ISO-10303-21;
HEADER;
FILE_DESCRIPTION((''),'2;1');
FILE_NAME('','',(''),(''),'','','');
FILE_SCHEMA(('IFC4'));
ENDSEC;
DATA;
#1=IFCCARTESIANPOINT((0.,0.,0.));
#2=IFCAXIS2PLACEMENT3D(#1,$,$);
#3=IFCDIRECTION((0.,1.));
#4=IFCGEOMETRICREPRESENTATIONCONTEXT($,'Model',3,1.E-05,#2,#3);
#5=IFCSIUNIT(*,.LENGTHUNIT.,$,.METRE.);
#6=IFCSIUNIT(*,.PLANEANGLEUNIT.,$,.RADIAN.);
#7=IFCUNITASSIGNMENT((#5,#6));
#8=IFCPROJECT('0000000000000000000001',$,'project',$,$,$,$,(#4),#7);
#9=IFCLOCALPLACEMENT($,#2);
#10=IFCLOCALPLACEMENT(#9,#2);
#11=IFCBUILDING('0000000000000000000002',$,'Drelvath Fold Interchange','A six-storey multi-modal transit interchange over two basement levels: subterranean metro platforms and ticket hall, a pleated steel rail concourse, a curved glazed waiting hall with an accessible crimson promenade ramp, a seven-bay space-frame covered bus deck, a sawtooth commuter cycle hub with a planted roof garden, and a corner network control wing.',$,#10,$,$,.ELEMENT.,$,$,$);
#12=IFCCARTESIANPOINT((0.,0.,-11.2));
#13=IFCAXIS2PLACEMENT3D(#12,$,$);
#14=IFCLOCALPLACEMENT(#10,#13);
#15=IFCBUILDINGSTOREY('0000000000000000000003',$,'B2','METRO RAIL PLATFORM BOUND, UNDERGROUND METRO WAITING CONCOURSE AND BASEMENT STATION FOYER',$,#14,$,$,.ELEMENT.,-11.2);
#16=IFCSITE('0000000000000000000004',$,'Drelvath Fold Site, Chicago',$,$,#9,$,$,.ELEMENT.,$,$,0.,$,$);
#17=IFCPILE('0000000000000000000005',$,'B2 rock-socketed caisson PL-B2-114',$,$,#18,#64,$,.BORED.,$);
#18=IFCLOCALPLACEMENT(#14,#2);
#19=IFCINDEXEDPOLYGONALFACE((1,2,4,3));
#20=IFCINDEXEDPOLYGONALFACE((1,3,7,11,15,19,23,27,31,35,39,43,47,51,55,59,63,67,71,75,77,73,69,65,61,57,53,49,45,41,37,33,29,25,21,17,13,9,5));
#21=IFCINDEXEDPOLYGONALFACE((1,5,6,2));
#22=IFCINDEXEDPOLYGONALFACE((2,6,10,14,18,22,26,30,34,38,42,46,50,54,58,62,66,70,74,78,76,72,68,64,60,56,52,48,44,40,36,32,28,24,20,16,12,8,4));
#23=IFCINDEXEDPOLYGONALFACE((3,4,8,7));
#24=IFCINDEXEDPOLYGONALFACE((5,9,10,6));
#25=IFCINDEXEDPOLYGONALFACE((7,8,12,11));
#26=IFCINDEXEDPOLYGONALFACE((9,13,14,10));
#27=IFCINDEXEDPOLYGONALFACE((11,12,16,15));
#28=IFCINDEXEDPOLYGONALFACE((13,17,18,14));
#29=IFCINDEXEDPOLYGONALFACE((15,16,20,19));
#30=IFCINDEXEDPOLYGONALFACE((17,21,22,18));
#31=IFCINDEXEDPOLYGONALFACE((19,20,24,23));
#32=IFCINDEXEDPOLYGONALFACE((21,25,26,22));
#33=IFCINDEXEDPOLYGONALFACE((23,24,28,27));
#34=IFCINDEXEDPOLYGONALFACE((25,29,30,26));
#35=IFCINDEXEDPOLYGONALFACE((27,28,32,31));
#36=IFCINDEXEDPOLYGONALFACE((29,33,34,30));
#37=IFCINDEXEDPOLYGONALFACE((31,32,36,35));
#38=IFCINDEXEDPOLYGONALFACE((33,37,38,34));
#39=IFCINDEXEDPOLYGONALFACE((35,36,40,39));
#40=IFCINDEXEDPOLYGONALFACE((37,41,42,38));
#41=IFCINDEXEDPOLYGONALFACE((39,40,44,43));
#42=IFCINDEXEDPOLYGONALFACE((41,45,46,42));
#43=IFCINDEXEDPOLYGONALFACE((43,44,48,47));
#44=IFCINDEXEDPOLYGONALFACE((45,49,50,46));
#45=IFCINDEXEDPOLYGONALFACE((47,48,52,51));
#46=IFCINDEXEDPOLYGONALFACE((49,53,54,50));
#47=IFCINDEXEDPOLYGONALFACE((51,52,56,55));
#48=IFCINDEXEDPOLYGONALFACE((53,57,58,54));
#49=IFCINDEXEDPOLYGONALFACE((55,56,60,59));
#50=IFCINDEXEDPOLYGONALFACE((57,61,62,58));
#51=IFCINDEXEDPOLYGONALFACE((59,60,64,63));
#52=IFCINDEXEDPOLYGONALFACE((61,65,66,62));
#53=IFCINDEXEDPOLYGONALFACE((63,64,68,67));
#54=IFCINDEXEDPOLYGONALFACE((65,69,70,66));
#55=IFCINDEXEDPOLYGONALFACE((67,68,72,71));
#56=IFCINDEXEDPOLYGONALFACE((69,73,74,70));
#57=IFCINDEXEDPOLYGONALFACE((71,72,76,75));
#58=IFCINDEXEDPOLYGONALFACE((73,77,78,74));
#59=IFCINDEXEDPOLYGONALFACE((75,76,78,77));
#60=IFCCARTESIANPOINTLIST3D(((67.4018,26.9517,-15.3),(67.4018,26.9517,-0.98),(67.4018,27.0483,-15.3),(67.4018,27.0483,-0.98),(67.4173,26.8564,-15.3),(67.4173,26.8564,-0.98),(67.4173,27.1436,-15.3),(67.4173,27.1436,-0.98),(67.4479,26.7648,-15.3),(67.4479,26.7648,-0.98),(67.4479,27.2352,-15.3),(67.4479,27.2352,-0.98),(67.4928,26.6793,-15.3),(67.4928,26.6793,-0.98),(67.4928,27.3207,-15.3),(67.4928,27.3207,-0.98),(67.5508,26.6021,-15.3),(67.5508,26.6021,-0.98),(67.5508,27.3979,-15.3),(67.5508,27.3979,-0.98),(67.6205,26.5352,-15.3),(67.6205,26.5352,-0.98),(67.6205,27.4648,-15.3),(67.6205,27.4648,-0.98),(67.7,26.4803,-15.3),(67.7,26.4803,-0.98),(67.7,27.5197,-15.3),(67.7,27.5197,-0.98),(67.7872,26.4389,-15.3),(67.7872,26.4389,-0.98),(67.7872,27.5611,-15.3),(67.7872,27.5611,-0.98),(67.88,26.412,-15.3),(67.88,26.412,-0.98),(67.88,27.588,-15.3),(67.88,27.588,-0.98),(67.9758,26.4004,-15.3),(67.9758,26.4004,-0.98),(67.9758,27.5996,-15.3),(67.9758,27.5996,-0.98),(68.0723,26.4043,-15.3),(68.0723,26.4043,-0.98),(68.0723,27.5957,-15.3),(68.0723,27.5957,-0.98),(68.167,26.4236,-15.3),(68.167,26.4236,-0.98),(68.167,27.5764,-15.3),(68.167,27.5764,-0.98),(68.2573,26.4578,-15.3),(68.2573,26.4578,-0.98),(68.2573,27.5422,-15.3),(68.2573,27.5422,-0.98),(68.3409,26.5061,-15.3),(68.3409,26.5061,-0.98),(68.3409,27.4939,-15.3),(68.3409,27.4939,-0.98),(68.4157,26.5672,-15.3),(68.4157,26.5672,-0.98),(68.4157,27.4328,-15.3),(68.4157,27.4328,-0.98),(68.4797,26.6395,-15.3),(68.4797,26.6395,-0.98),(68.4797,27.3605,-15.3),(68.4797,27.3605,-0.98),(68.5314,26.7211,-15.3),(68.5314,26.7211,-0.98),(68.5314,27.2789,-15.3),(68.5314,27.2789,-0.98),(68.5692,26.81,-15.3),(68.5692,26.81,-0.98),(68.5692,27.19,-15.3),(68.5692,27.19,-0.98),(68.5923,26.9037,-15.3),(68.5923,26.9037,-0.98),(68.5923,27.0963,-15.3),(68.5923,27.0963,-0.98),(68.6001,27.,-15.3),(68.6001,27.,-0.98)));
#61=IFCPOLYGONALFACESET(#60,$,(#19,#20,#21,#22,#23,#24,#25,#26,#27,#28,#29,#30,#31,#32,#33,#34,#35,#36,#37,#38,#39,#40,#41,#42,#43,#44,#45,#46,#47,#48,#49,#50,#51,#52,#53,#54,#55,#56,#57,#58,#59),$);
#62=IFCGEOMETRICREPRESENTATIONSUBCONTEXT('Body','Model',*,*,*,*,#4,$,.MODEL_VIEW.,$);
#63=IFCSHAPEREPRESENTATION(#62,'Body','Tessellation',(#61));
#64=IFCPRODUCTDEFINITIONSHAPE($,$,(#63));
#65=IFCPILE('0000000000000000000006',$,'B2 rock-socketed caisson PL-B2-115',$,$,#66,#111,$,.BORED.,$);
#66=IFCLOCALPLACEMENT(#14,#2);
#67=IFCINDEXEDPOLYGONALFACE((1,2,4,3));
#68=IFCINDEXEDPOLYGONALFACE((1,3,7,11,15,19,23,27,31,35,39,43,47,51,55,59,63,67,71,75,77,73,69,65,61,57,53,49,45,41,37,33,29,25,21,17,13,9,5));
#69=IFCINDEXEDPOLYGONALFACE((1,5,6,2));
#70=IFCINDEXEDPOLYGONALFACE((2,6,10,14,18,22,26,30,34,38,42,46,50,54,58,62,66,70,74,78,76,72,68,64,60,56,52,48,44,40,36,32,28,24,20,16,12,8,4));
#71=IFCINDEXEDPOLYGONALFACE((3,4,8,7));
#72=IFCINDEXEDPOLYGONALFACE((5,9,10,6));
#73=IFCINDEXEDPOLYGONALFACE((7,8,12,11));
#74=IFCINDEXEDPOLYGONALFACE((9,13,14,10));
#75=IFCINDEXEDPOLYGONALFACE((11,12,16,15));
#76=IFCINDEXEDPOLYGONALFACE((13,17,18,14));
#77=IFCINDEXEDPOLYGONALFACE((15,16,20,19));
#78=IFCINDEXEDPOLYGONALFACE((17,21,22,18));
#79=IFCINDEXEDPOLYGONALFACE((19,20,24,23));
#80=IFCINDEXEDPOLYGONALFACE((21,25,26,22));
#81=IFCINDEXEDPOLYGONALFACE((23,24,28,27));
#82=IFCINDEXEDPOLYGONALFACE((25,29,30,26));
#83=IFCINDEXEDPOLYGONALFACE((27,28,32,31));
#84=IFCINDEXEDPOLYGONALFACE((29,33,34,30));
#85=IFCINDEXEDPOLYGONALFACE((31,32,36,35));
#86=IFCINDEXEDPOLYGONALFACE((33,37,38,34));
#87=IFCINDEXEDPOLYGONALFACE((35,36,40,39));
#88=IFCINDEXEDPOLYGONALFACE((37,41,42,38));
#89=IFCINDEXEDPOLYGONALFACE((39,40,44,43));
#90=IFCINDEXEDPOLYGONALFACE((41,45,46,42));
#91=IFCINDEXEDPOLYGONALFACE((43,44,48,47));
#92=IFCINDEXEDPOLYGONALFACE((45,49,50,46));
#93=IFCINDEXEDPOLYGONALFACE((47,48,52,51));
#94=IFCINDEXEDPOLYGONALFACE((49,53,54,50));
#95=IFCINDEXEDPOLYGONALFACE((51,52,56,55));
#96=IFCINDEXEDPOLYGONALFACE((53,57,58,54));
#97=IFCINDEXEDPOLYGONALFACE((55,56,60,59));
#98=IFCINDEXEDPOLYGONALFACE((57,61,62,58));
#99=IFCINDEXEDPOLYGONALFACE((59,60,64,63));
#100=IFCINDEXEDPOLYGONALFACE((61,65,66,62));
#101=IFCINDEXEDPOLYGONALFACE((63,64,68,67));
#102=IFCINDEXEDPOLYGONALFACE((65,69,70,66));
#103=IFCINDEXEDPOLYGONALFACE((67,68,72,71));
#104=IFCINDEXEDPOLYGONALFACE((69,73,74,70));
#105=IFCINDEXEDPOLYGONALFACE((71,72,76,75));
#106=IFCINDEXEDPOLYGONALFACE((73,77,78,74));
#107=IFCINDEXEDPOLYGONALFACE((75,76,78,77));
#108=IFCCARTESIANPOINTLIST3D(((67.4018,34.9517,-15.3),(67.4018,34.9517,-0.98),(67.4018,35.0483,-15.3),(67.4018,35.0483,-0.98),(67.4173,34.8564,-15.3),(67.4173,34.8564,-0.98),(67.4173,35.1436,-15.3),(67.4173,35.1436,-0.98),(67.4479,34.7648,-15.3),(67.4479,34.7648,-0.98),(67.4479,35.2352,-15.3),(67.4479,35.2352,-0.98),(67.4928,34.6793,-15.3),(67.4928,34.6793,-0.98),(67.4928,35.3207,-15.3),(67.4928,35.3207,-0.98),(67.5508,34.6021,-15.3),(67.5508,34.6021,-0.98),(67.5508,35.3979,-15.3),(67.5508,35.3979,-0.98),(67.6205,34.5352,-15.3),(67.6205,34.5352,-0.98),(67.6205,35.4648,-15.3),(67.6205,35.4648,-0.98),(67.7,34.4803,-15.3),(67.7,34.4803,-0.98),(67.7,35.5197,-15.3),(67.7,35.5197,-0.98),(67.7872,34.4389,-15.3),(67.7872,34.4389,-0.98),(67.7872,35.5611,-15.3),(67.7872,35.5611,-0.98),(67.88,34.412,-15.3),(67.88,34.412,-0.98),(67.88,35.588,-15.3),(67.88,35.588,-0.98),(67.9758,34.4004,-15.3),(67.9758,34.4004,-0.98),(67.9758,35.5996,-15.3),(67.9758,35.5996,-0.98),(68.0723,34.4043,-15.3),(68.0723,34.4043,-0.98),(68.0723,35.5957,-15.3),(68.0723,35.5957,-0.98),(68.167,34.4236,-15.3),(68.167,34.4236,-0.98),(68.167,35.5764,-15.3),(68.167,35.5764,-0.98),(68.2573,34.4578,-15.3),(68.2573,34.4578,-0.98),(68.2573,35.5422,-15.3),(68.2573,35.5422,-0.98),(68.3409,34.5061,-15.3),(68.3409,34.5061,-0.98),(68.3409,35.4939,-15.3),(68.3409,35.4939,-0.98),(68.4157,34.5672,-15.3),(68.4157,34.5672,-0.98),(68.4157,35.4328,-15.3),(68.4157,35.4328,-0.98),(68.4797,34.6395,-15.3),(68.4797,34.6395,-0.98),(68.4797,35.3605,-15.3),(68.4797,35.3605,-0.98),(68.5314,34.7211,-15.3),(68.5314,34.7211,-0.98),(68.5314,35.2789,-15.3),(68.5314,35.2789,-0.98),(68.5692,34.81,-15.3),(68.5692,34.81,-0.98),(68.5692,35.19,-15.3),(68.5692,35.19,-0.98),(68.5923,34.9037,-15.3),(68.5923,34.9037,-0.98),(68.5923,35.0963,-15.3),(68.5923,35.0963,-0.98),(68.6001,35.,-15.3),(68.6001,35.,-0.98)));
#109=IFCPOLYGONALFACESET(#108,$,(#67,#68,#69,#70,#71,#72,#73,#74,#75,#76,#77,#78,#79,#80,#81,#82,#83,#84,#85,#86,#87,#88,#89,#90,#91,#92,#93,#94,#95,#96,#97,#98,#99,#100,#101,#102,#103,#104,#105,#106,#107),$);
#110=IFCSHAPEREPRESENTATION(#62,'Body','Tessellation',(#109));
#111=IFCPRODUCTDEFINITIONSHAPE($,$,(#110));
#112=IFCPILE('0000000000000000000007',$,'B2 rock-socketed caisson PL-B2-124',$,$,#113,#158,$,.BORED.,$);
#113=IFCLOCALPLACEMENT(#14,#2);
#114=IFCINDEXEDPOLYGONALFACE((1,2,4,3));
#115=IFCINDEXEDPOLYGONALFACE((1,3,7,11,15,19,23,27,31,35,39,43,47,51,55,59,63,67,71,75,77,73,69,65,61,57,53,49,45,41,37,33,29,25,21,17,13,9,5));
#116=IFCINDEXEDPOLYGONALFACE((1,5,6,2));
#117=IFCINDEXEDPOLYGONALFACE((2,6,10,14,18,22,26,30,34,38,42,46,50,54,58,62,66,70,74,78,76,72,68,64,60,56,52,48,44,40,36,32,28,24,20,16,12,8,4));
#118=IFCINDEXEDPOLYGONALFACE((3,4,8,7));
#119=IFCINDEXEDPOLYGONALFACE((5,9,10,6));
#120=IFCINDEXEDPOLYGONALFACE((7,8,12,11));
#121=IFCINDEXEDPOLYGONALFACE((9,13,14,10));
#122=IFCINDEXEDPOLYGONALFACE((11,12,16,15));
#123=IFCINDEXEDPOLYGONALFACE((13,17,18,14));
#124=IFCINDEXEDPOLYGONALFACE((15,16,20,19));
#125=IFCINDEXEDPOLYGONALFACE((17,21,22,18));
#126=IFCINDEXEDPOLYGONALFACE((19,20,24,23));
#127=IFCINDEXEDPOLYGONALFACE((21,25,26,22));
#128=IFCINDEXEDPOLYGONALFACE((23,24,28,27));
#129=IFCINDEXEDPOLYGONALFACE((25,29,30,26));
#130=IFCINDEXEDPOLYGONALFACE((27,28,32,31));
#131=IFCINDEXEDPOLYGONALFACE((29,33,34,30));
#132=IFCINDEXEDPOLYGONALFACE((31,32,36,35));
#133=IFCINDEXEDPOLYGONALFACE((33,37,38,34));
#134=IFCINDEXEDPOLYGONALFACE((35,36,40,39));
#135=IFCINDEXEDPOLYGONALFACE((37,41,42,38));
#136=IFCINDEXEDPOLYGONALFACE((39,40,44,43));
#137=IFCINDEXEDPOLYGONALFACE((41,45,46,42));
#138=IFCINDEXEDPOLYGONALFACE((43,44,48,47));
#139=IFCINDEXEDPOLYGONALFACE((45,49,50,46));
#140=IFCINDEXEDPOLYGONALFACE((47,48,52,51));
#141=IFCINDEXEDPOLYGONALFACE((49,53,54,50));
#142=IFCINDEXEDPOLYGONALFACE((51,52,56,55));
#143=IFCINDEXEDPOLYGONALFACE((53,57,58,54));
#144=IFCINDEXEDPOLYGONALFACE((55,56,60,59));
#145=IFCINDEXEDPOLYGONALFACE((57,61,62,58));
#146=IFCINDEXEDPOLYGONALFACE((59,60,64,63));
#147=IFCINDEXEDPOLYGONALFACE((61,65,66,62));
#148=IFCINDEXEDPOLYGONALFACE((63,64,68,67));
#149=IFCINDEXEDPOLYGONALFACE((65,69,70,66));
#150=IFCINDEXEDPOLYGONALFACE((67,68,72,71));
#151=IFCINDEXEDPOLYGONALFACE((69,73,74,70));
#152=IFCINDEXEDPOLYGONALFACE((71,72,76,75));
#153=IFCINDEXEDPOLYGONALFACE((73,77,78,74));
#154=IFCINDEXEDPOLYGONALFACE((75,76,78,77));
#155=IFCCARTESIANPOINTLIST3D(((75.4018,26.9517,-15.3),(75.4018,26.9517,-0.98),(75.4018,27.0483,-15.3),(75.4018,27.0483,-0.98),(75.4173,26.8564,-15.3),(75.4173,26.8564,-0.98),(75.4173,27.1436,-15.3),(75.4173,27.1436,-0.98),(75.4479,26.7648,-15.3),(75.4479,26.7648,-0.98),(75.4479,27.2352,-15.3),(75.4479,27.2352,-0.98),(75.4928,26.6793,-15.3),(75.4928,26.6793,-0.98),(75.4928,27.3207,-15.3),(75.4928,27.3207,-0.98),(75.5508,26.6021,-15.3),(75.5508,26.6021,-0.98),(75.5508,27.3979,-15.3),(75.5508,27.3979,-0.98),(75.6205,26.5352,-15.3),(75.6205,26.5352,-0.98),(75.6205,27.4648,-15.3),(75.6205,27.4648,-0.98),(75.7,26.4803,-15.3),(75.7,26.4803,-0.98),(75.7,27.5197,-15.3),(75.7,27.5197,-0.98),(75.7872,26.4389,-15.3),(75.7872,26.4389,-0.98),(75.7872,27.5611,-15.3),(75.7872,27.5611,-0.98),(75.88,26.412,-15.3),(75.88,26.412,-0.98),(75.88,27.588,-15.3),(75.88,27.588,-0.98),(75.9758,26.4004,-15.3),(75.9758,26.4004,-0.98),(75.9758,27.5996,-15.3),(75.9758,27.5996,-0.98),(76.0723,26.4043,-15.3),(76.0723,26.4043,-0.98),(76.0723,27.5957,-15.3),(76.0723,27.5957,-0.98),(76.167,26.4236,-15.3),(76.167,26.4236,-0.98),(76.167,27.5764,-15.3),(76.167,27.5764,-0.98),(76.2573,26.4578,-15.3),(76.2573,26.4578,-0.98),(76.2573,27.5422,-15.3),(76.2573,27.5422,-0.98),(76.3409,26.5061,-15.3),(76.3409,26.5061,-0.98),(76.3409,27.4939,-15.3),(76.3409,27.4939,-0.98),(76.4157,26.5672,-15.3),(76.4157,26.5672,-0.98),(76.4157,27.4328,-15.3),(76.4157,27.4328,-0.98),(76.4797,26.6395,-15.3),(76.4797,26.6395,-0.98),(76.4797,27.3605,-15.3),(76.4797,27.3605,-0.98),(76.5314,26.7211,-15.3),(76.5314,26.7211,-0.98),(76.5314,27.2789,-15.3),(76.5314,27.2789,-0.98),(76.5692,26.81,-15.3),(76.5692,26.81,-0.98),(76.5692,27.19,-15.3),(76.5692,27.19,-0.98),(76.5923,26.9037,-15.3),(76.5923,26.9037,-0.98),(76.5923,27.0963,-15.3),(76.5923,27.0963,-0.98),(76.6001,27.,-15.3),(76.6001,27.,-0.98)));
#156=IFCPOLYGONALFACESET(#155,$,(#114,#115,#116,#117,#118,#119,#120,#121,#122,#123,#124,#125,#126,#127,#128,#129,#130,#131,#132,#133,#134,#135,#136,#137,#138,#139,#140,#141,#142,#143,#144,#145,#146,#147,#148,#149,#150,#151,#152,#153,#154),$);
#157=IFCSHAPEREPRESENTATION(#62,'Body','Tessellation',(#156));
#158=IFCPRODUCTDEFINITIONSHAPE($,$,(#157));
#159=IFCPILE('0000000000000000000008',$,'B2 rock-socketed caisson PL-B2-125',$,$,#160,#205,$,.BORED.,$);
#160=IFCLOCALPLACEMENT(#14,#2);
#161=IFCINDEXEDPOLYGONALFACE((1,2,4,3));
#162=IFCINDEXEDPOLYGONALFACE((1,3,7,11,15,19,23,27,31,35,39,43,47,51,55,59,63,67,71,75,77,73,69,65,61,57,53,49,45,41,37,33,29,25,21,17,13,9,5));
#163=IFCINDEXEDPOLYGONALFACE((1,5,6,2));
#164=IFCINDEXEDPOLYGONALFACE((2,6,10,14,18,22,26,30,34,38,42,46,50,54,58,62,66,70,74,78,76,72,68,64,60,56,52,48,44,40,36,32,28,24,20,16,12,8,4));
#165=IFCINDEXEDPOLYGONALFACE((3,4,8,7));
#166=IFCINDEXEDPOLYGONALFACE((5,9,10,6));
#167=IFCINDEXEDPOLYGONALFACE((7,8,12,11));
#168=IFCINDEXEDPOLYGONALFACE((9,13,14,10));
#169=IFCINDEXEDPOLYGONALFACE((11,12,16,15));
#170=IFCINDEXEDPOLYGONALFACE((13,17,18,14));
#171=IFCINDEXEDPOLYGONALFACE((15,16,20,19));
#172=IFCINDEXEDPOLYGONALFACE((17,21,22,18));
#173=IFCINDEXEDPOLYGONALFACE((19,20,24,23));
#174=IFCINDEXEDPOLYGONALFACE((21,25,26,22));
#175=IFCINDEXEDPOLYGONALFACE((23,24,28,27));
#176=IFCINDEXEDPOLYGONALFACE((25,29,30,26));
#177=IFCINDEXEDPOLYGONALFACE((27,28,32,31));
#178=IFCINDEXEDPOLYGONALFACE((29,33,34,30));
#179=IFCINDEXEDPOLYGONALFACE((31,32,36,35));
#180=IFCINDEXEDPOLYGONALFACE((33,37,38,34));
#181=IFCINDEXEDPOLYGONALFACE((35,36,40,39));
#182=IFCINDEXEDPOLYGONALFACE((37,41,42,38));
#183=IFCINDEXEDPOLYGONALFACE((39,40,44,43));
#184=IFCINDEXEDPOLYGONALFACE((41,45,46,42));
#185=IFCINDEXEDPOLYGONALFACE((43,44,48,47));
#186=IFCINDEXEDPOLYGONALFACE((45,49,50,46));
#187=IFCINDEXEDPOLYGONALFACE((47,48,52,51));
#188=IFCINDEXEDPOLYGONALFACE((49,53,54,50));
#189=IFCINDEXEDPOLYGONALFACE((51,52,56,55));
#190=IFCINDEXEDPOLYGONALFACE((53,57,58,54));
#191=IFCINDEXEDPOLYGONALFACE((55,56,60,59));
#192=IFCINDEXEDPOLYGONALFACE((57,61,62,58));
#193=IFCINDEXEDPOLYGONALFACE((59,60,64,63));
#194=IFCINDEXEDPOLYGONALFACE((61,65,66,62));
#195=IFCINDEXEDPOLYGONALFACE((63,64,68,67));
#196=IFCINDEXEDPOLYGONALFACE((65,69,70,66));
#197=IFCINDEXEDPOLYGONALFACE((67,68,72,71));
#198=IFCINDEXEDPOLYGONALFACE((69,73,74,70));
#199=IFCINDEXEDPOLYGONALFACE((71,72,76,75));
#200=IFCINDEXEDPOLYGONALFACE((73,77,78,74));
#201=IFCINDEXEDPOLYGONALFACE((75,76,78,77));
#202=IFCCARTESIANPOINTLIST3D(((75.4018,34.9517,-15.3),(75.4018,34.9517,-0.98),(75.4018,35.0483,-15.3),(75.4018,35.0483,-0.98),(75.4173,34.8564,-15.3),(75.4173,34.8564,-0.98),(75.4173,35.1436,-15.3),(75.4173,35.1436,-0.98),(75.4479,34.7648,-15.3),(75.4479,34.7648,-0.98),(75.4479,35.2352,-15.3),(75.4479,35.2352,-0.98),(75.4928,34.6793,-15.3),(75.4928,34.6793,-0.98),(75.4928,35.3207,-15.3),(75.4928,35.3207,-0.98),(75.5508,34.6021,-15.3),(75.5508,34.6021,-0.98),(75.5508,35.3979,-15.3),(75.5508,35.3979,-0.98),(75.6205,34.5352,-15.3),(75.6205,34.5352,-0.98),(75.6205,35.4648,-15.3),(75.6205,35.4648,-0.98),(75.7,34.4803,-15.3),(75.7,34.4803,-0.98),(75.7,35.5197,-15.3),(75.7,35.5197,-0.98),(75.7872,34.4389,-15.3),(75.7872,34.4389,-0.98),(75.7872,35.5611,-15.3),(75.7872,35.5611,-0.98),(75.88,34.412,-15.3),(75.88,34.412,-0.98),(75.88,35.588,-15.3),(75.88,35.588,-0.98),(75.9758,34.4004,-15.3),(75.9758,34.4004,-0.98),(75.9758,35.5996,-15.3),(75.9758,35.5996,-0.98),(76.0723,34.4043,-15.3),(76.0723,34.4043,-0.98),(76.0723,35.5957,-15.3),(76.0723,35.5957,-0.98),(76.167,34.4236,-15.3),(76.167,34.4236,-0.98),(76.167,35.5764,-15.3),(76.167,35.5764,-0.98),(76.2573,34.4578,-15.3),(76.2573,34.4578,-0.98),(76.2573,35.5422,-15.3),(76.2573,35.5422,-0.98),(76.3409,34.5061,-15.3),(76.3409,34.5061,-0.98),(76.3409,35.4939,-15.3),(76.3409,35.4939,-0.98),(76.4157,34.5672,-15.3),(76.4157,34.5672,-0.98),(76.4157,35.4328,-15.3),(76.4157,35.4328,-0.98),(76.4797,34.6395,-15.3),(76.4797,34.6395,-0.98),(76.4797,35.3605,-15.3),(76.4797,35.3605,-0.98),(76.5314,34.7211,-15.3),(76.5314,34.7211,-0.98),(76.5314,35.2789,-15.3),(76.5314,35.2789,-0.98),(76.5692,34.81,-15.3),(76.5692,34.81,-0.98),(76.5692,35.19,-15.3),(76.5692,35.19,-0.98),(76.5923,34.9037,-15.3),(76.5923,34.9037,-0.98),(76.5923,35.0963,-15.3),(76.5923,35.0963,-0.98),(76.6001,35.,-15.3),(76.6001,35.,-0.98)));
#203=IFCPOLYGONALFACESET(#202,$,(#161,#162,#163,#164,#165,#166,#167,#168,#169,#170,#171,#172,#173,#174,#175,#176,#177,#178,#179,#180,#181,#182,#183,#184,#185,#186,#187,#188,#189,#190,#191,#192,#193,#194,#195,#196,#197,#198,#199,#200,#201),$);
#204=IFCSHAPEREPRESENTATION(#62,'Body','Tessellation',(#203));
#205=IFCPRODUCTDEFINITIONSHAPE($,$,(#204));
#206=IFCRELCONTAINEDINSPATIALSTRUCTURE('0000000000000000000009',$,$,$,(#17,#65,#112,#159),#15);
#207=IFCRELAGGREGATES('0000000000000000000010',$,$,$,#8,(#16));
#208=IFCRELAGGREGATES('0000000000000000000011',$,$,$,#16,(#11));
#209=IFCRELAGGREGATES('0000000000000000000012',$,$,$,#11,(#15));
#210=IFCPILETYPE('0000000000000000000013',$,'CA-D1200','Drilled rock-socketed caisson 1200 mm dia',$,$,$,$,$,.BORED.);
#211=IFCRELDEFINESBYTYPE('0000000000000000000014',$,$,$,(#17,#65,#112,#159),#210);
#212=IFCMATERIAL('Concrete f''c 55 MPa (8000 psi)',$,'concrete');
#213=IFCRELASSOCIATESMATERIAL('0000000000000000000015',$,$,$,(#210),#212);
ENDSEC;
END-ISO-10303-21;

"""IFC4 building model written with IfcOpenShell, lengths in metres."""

from ifc_helpers import new_model, si_unit, direction, frame, origin, origin_2d, place, context, subcontext, project, spatial, circle, extrude, material, material_profile, profile_set, type_object, element, save


model = new_model("IFC4")

# Units and contexts
model_context = context("Model", 3, precision=1e-05, world=origin(), true_north=direction((0.0, 1.0)))
body_context = subcontext(model_context, "Body", "Model", "MODEL_VIEW")
ifc_project = project(units=[si_unit("LENGTHUNIT", "METRE"), si_unit("PLANEANGLEUNIT", "RADIAN")], contexts=[model_context])

# Site, building, storey
site_placement = place(None, origin())
site = spatial("IfcSite", under=ifc_project, at=site_placement, Name="Drelvath Fold Site, Chicago", CompositionType="ELEMENT", RefElevation=0.0)
building_placement = place(site_placement, origin())
building = spatial("IfcBuilding", under=site, at=building_placement, Name="Drelvath Fold Interchange", Description="A six-storey multi-modal transit interchange over two basement levels: subterranean metro platforms and ticket hall, a pleated steel rail concourse, a curved glazed waiting hall with an accessible crimson promenade ramp, a seven-bay space-frame covered bus deck, a sawtooth commuter cycle hub with a planted roof garden, and a corner network control wing.", CompositionType="ELEMENT")
storey_placement = place(building_placement, frame((0.0, 0.0, -11.2)))
storey = spatial("IfcBuildingStorey", under=building, at=storey_placement, Name="B2", Description="METRO RAIL PLATFORM BOUND, UNDERGROUND METRO WAITING CONCOURSE AND BASEMENT STATION FOYER", CompositionType="ELEMENT", Elevation=-11.2)

# Piles
ifc_material_1 = material(Name="Concrete f'c 55 MPa (8000 psi)", Category="concrete")
ifc_material_profile_1 = material_profile(ifc_material_1, circle(Radius=0.6001, at=origin_2d()), Name="CAISSON D1200")
ifc_profile_set_1 = profile_set([ifc_material_profile_1], Name="Concrete f'c 55 MPa (8000 psi)")
pile_type = type_object("IfcPileType", Name="CA-D1200", Description="Drilled rock-socketed caisson 1200 mm dia", PredefinedType="BORED", material=ifc_profile_set_1)
for number, where, z_axis, x_axis, name in (
    (1, (68.0, 27.0, -0.98), (0.0, 0.0, -1.0), (1.0, 0.0, 0.0), "B2 rock-socketed caisson PL-B2-114"),
    (2, (68.0, 35.0, -0.98), (0.0, 0.0, -1.0), (1.0, 0.0, 0.0), "B2 rock-socketed caisson PL-B2-115"),
    (3, (76.0, 27.0, -0.98), (0.0, 0.0, -1.0), (1.0, 0.0, 0.0), "B2 rock-socketed caisson PL-B2-124"),
    (4, (76.0, 35.0, -0.98), (0.0, 0.0, -1.0), (1.0, 0.0, 0.0), "B2 rock-socketed caisson PL-B2-125"),
):
    element("IfcPile", number, at=place(storey_placement, frame(where, z_axis=z_axis, x_axis=x_axis)), inside=storey, type_object=pile_type, Name=name, PredefinedType="BORED", context=body_context, shape_type="SweptSolid", body=[
        extrude(circle(Radius=0.6001, at=origin_2d()), origin(), (0.0, 0.0, 1.0), 14.3201),
    ])

save(model, "model.ifc")
